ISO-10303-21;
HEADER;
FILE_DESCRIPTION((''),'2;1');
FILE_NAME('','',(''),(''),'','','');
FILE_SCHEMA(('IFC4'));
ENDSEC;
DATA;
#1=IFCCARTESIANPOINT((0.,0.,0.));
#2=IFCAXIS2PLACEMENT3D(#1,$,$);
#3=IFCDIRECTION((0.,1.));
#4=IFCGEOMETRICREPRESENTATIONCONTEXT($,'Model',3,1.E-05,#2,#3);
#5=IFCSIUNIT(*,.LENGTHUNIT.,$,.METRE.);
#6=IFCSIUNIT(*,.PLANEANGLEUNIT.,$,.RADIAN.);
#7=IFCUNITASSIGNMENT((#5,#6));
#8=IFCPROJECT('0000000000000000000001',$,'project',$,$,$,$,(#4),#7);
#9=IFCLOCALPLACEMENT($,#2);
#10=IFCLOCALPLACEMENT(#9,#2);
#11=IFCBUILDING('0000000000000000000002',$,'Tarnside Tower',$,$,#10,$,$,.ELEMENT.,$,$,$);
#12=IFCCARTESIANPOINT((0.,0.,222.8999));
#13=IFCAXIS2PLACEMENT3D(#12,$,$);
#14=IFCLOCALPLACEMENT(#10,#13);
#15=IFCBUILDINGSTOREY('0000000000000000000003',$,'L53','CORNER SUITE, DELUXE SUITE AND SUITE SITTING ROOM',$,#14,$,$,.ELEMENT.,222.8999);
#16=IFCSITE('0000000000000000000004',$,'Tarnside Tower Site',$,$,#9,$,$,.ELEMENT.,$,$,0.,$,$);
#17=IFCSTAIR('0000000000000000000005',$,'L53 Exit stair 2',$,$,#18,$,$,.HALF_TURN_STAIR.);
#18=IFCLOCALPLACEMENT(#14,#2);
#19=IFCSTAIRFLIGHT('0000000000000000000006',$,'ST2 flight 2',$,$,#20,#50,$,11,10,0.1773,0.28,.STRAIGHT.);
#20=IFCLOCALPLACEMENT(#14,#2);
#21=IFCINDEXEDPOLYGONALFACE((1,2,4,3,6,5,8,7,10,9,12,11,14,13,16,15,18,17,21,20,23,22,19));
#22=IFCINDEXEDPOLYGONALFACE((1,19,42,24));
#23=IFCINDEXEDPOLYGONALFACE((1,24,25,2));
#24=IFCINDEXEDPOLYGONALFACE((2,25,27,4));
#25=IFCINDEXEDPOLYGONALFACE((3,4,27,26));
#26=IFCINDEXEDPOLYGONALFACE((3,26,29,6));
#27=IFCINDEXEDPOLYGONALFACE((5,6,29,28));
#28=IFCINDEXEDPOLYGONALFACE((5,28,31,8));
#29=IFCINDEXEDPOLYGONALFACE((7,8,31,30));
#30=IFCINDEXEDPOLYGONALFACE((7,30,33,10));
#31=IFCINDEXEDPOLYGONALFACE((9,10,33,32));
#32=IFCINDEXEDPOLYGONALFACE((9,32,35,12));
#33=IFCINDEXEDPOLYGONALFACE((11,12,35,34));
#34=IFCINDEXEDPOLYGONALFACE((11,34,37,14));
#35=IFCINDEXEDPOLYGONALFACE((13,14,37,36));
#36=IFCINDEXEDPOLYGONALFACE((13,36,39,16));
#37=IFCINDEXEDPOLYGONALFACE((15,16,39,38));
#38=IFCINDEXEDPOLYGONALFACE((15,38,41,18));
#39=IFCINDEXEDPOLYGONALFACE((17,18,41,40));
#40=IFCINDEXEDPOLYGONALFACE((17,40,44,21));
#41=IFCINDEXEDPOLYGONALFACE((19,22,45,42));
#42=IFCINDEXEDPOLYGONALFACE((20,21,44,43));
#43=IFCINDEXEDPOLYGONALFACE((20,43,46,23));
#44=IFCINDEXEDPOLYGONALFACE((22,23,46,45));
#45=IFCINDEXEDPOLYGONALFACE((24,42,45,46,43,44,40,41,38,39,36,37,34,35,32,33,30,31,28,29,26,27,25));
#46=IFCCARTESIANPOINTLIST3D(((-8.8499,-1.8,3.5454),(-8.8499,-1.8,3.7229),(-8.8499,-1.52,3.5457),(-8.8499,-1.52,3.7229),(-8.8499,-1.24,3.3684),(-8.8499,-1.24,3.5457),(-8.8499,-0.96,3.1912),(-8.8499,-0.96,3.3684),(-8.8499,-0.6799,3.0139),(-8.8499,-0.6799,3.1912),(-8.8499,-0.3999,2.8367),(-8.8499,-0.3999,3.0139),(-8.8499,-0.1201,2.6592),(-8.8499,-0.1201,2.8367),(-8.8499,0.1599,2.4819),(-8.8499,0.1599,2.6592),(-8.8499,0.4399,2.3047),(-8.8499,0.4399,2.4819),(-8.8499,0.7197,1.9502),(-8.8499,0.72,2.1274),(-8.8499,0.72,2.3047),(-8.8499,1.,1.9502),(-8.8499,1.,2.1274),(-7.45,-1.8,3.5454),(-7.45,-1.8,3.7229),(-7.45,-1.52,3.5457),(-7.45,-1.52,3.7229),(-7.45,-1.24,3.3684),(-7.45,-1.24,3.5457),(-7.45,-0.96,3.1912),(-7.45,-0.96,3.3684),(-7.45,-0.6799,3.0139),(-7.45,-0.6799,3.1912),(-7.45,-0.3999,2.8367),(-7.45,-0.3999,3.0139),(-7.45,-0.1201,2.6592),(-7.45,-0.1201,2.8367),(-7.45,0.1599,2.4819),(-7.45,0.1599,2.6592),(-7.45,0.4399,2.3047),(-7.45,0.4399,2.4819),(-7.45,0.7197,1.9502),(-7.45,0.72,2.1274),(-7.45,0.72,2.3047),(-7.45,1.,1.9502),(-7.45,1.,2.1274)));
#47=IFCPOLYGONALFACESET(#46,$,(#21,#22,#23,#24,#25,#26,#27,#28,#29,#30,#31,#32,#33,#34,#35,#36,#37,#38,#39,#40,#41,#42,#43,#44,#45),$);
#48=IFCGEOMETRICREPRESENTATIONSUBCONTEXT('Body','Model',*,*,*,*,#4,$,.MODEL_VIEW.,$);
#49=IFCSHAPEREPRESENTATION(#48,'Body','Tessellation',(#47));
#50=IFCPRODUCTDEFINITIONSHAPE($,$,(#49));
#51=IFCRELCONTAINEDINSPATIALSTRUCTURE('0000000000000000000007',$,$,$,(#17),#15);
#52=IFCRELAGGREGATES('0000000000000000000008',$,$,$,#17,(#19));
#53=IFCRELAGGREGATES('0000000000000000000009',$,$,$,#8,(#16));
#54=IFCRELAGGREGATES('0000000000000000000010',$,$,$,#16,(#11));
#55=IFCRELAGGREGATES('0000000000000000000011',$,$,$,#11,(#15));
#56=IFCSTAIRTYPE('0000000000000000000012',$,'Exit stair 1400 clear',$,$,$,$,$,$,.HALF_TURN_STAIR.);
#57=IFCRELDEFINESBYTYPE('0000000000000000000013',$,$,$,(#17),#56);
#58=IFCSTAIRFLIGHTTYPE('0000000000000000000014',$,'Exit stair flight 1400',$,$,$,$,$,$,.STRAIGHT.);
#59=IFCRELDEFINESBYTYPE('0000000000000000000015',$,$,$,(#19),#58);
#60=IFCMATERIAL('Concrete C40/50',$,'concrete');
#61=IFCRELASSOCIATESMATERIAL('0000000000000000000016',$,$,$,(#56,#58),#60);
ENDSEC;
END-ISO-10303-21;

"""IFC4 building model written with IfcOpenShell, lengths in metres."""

from ifc_helpers import new_model, si_unit, direction, frame, origin, place, context, subcontext, project, spatial, polyline, outline, extrude, material, type_object, element, aggregate, save


model = new_model("IFC4")

# Units and contexts
model_context = context("Model", 3, precision=1e-05, world=origin(), true_north=direction((0.0, 1.0)))
body_context = subcontext(model_context, "Body", "Model", "MODEL_VIEW")
ifc_project = project(units=[si_unit("LENGTHUNIT", "METRE"), si_unit("PLANEANGLEUNIT", "RADIAN")], contexts=[model_context])

# Site, building, storey
site_placement = place(None, origin())
site = spatial("IfcSite", under=ifc_project, at=site_placement, Name="Tarnside Tower Site", CompositionType="ELEMENT", RefElevation=0.0)
building_placement = place(site_placement, origin())
building = spatial("IfcBuilding", under=site, at=building_placement, Name="Tarnside Tower", CompositionType="ELEMENT")
storey_placement = place(building_placement, frame((0.0, 0.0, 222.8999)))
storey = spatial("IfcBuildingStorey", under=building, at=storey_placement, Name="L53", Description="CORNER SUITE, DELUXE SUITE AND SUITE SITTING ROOM", CompositionType="ELEMENT", Elevation=222.8999)

# Shared definitions
ifc_material_1 = material(Name="Concrete C40/50", Category="concrete")

# Stair
stair_type = type_object("IfcStairType", Name="Exit stair 1400 clear", PredefinedType="HALF_TURN_STAIR", material=ifc_material_1)
stair_1_placement = place(storey_placement, origin())
stair_1 = element("IfcStair", 1, at=stair_1_placement, inside=storey, type_object=stair_type, Name="L53 Exit stair 2", PredefinedType="HALF_TURN_STAIR")

# Stair flight
stair_flight_type = type_object("IfcStairFlightType", Name="Exit stair flight 1400", PredefinedType="STRAIGHT", material=ifc_material_1)
stair_flight_placement = place(storey_placement, frame((-8.1499, 1.0, 1.9502), z_axis=(0.0, 0.0, 1.0), x_axis=(0.0, -1.0, 0.0)))
stair_flight = element("IfcStairFlight", 2, at=stair_flight_placement, type_object=stair_flight_type, Name="ST2 flight 2", NumberOfRisers=11, NumberOfTreads=10, PredefinedType="STRAIGHT", RiserHeight=0.1773, TreadLength=0.28, context=body_context, shape_type="SweptSolid", body=[
    extrude(outline(polyline([(0.0, 0.0), (0.0, 0.1772), (0.28, 0.1772), (0.28, 0.3545), (0.5601, 0.3545), (0.5601, 0.5317), (0.8401, 0.5317), (0.8401, 0.709), (1.1201, 0.709), (1.1201, 0.8865), (1.3999, 0.8865), (1.3999, 1.0637), (1.6799, 1.0637), (1.6799, 1.241), (1.96, 1.241), (1.96, 1.4182), (2.24, 1.4182), (2.24, 1.5955), (2.52, 1.5955), (2.52, 1.7727), (2.8, 1.7727), (2.8, 1.95), (2.8, 1.5952), (0.2803, 0.0), (0.0, 0.0)])), frame((0.0, 0.7, 0.0), z_axis=(0.0, -1.0, 0.0), x_axis=(1.0, 0.0, 0.0)), (0.0, 0.0, 1.0), 1.3999),
])
aggregate(stair_1, [stair_flight])

save(model, "model.ifc")
